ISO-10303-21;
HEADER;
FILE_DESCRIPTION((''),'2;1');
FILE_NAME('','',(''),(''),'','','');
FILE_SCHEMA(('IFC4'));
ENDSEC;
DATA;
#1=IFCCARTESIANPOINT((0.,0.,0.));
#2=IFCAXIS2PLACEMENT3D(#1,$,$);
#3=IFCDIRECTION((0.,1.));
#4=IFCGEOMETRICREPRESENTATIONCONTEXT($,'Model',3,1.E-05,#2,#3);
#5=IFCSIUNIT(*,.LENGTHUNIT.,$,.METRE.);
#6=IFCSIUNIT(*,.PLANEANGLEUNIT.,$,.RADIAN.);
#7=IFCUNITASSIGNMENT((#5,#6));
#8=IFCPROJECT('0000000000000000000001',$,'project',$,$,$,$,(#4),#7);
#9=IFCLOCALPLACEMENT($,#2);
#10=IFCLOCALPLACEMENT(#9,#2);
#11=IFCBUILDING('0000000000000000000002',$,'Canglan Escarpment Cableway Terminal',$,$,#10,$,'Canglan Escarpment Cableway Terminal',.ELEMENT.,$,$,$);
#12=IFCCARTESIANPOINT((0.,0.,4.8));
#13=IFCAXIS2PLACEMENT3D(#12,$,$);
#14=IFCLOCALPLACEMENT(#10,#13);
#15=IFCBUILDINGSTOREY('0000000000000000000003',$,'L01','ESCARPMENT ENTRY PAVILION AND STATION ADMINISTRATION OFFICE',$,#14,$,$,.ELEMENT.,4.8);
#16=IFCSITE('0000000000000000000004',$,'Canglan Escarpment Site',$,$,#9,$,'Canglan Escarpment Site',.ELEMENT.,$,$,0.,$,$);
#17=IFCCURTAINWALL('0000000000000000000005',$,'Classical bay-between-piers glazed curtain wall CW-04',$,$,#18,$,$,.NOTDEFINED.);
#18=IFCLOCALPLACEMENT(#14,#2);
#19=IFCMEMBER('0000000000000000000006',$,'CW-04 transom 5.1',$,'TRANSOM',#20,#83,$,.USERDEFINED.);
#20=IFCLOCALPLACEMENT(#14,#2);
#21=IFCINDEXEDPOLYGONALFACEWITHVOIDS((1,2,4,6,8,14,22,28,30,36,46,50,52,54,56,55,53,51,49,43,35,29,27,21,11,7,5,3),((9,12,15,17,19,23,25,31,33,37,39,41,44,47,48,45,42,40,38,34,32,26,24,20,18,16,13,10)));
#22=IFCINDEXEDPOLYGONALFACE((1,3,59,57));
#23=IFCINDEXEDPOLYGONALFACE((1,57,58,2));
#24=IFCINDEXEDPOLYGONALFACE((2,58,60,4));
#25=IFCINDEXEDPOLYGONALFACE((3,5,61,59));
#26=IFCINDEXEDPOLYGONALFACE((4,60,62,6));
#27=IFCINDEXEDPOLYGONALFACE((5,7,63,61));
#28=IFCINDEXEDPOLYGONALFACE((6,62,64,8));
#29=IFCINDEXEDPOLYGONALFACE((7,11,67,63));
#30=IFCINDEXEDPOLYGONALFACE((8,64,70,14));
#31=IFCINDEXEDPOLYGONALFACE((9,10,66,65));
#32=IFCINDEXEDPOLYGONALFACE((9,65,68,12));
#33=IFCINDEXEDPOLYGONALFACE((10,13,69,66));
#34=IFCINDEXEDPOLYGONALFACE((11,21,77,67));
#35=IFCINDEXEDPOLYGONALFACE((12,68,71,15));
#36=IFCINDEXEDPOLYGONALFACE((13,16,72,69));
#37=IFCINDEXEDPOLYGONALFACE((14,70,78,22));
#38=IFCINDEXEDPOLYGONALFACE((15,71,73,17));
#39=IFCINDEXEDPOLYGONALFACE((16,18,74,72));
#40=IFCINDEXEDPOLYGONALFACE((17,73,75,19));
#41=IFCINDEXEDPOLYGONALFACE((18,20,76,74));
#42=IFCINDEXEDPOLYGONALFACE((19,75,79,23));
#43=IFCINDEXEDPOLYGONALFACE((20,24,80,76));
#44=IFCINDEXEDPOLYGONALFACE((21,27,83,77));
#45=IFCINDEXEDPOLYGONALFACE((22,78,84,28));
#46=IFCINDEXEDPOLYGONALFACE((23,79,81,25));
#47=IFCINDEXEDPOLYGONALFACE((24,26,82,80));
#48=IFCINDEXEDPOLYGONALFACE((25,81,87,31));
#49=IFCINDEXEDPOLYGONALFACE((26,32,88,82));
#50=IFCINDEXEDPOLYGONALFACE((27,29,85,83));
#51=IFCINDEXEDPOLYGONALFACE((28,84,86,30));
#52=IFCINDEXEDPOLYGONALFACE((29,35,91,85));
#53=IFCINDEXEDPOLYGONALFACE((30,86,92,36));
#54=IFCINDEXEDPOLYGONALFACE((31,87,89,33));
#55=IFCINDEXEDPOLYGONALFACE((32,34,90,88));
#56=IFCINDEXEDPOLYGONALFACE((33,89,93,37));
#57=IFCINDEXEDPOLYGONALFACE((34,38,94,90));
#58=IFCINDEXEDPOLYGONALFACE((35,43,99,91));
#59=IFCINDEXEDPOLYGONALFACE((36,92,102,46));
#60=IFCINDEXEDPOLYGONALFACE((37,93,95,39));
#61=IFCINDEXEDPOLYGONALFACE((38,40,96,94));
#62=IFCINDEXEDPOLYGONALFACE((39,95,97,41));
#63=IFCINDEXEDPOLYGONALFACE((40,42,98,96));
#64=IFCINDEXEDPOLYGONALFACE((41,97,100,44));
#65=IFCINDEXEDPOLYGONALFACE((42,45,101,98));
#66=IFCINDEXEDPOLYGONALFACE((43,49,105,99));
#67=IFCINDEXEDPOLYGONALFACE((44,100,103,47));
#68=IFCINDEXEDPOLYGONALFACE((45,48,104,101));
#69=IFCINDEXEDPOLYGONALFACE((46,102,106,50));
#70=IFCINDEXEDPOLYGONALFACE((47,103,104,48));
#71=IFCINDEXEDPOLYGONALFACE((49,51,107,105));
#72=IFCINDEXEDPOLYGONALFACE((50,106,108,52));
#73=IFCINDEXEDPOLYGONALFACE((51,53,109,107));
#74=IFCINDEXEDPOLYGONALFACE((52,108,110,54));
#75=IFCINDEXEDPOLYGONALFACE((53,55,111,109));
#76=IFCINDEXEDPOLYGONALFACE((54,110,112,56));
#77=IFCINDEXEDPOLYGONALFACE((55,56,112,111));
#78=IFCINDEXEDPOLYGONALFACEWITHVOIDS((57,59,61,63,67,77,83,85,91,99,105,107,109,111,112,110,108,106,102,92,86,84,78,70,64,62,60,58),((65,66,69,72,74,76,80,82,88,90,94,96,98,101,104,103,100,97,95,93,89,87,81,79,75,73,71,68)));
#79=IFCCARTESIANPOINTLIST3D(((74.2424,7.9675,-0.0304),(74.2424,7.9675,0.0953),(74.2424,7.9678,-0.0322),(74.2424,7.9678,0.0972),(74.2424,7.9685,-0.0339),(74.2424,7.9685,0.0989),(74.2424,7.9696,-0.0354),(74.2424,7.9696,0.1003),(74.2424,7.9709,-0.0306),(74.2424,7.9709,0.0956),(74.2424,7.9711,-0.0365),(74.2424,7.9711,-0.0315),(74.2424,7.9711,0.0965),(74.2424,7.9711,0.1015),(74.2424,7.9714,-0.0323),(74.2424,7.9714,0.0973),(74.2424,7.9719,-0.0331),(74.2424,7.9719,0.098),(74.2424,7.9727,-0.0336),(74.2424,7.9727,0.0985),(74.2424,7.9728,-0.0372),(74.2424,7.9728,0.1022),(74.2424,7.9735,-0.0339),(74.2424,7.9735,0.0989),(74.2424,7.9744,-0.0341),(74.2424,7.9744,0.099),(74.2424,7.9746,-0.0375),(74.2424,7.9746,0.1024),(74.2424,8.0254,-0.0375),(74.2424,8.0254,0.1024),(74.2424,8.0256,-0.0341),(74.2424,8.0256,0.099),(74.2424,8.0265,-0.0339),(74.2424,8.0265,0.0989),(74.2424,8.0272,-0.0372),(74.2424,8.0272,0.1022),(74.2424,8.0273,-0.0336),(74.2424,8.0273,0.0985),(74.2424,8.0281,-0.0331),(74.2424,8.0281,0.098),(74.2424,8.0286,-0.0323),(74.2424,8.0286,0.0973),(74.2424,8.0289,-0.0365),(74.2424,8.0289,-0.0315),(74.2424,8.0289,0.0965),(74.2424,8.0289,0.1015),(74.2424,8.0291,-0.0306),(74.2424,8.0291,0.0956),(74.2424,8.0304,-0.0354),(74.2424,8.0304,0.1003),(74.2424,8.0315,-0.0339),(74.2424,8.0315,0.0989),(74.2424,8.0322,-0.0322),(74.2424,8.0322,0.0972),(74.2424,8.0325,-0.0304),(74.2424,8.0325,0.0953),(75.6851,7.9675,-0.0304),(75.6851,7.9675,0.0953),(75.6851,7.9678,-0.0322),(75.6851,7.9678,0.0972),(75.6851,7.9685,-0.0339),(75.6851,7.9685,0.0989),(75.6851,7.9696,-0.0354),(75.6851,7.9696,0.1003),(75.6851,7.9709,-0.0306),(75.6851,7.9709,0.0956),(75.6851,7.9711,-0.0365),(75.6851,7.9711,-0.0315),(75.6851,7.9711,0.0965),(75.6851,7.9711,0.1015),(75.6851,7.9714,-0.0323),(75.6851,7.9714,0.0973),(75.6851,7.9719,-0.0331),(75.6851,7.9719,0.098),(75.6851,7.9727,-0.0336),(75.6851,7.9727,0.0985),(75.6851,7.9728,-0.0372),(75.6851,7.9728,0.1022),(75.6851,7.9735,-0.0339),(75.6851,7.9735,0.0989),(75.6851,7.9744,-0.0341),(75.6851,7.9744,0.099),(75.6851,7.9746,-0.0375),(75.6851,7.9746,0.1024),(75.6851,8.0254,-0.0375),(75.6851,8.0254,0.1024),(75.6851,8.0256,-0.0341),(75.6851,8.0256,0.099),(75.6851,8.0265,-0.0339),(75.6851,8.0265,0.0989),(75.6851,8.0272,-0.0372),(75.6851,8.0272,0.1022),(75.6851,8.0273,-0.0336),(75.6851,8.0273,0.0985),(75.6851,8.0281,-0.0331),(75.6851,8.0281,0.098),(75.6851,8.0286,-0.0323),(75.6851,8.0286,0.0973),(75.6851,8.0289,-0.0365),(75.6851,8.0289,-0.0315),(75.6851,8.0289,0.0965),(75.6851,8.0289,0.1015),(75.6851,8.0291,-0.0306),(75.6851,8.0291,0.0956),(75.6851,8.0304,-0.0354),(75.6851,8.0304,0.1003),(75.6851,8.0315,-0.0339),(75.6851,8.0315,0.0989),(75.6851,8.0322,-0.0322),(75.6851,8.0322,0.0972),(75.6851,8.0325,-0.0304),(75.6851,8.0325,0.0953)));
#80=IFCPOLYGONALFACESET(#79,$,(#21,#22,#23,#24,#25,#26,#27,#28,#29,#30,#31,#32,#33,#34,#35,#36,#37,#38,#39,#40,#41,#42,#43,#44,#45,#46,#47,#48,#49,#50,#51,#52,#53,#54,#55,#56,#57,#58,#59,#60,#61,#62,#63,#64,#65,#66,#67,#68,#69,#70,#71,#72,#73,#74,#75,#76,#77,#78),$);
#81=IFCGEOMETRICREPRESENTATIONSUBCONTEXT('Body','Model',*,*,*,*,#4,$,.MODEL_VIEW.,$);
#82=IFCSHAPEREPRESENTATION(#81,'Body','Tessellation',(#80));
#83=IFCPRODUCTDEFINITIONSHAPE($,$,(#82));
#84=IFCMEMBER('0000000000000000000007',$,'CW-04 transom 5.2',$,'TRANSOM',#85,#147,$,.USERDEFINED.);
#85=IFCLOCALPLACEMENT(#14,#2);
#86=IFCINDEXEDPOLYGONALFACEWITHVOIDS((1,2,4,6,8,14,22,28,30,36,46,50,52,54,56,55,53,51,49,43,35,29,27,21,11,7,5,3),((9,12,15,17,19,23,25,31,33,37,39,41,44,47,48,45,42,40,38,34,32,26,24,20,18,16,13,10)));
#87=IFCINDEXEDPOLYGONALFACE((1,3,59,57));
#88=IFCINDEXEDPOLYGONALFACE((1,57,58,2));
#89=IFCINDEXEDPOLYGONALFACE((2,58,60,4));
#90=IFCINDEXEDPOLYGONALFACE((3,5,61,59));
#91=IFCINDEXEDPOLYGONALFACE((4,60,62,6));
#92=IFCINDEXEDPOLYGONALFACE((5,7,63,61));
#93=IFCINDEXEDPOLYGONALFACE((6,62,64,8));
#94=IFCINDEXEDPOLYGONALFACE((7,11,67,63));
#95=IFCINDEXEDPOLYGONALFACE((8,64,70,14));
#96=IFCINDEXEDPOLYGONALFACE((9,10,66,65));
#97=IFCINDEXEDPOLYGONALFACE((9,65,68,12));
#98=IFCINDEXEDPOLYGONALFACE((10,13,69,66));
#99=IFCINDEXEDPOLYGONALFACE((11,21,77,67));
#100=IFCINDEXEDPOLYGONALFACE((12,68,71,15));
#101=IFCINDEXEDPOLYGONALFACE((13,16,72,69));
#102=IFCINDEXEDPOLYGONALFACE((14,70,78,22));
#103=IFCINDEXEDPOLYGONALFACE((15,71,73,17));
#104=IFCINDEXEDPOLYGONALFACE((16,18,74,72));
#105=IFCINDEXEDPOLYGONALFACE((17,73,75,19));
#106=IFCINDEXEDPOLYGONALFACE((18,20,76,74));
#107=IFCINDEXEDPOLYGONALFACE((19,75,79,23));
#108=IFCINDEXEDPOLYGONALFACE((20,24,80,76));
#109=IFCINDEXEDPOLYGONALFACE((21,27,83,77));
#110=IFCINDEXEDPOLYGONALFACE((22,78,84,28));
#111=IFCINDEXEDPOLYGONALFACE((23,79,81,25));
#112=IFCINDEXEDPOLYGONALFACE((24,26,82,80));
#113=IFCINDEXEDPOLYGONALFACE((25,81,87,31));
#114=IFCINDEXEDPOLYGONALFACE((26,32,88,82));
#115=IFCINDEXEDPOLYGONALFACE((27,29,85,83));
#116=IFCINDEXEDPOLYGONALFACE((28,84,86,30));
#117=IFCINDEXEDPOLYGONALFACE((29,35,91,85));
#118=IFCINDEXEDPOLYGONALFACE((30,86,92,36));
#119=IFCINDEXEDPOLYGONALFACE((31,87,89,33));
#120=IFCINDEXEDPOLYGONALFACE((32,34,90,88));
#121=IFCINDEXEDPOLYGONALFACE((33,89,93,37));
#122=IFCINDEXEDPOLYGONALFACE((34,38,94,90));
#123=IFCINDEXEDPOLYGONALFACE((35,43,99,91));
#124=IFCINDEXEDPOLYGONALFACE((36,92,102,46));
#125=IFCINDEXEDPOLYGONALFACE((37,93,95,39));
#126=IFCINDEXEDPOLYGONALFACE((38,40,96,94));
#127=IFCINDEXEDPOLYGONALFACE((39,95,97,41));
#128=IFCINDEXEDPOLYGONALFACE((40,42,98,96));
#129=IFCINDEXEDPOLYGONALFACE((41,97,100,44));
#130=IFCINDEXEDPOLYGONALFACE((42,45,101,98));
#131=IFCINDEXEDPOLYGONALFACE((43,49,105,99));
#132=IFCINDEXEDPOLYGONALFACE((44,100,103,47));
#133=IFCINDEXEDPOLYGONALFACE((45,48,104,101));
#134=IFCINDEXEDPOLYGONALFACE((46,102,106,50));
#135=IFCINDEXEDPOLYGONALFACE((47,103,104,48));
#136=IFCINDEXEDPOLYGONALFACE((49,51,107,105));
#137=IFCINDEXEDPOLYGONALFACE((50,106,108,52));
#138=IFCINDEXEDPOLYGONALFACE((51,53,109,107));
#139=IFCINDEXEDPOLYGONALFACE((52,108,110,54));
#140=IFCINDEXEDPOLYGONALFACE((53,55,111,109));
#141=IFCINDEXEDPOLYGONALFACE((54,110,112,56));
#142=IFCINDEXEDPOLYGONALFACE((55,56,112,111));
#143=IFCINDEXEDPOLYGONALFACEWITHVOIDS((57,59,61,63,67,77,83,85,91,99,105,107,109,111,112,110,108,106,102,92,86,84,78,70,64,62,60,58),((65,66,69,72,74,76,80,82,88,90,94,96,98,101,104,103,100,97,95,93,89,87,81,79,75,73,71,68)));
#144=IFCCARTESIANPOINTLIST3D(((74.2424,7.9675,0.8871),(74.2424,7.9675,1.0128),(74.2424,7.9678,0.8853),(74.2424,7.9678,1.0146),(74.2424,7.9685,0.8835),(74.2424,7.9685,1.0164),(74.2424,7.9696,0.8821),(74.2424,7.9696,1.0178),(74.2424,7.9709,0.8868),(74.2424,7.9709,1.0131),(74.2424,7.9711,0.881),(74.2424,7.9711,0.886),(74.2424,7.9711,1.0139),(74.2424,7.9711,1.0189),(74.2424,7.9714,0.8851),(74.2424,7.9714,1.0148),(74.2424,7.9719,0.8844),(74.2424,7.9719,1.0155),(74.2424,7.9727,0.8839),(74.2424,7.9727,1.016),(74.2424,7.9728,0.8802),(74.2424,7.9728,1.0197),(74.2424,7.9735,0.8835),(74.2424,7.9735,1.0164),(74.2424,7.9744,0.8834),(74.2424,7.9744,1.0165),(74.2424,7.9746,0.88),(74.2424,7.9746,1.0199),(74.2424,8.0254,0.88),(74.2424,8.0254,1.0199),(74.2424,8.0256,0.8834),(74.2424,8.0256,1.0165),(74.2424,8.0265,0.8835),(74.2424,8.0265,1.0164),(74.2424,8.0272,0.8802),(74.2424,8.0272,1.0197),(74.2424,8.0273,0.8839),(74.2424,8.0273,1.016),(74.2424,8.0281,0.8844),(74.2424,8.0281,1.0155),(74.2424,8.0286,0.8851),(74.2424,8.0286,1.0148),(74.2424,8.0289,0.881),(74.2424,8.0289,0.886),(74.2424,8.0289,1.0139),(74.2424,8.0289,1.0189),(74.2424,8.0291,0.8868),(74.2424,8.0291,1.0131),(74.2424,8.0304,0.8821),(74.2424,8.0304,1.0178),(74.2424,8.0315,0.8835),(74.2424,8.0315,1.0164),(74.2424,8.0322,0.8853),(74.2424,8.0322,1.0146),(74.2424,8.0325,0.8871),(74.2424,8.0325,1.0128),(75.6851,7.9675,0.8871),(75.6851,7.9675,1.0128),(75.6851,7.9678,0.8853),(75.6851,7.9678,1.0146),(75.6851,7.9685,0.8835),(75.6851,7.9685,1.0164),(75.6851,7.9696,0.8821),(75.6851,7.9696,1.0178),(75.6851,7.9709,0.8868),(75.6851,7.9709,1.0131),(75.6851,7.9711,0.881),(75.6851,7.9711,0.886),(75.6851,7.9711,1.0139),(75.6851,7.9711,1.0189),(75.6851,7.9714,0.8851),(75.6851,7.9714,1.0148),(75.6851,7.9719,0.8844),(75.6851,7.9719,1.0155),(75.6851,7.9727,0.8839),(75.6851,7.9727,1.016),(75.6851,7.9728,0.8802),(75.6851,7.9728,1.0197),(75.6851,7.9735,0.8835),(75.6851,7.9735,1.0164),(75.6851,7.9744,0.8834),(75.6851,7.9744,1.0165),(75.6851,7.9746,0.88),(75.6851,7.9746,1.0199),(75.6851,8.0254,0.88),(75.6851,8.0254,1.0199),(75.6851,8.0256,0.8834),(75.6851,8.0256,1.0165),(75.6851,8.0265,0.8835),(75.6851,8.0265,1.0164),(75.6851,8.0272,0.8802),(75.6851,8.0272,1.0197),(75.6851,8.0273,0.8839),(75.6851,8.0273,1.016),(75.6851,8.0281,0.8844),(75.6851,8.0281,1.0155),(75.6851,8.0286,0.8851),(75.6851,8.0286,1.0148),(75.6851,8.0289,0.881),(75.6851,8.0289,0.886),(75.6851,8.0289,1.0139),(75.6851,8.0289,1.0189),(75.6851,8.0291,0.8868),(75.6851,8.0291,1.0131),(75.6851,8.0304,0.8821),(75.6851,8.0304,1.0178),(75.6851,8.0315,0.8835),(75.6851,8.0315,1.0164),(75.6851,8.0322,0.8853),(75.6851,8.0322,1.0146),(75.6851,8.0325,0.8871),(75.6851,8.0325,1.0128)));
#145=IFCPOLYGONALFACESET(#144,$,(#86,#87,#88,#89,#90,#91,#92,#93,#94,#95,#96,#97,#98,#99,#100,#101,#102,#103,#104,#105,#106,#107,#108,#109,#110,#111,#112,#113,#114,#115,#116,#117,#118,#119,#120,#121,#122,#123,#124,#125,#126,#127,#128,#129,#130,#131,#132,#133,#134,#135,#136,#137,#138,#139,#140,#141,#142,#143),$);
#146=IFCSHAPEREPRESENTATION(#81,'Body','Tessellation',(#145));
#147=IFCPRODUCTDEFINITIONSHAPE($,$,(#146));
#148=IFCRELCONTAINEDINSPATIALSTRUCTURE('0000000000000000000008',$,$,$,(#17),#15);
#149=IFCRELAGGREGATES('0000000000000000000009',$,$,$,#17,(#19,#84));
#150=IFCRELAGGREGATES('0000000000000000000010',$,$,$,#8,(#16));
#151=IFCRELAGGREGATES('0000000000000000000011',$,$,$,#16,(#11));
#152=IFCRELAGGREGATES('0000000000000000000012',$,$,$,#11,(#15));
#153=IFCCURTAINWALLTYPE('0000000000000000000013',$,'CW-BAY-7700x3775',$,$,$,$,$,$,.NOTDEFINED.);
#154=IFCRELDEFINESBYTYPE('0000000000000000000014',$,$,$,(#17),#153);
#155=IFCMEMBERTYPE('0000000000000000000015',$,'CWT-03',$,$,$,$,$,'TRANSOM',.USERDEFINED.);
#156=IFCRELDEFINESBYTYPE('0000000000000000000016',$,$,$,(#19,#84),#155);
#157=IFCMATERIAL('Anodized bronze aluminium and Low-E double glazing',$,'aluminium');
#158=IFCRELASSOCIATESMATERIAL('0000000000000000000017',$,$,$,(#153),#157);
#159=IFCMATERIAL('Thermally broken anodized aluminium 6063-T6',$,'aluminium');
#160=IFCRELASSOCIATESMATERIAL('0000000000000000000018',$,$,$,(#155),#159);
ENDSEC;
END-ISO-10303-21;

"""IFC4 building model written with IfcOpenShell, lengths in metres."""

from ifc_helpers import new_model, si_unit, direction, frame, origin, origin_2d, place, context, subcontext, project, spatial, hollow_rectangle, extrude, material, material_profile, profile_set, type_object, element, aggregate, save


model = new_model("IFC4")

# Units and contexts
model_context = context("Model", 3, precision=1e-05, world=origin(), true_north=direction((0.0, 1.0)))
body_context = subcontext(model_context, "Body", "Model", "MODEL_VIEW")
ifc_project = project(units=[si_unit("LENGTHUNIT", "METRE"), si_unit("PLANEANGLEUNIT", "RADIAN")], contexts=[model_context])

# Site, building, storey
site_placement = place(None, origin())
site = spatial("IfcSite", under=ifc_project, at=site_placement, Name="Canglan Escarpment Site", LongName="Canglan Escarpment Site", CompositionType="ELEMENT", RefElevation=0.0)
building_placement = place(site_placement, origin())
building = spatial("IfcBuilding", under=site, at=building_placement, Name="Canglan Escarpment Cableway Terminal", LongName="Canglan Escarpment Cableway Terminal", CompositionType="ELEMENT")
storey_placement = place(building_placement, frame((0.0, 0.0, 4.8)))
storey = spatial("IfcBuildingStorey", under=building, at=storey_placement, Name="L01", Description="ESCARPMENT ENTRY PAVILION AND STATION ADMINISTRATION OFFICE", CompositionType="ELEMENT", Elevation=4.8)

# Curtain wall, members
ifc_material_1 = material(Name="Anodized bronze aluminium and Low-E double glazing", Category="aluminium")
curtain_wall_type = type_object("IfcCurtainWallType", Name="CW-BAY-7700x3775", PredefinedType="NOTDEFINED", material=ifc_material_1)
curtain_wall_placement = place(storey_placement, origin())
curtain_wall = element("IfcCurtainWall", 1, at=curtain_wall_placement, inside=storey, type_object=curtain_wall_type, Name="Classical bay-between-piers glazed curtain wall CW-04", PredefinedType="NOTDEFINED")
ifc_material_2 = material(Name="Thermally broken anodized aluminium 6063-T6", Category="aluminium")
ifc_material_profile_1 = material_profile(ifc_material_2, hollow_rectangle(XDim=0.0649, YDim=0.1399, WallThickness=0.0034, InnerFilletRadius=0.0034, OuterFilletRadius=0.0071, at=origin_2d()), Name="ALU-TRAN 65x140x3.5")
ifc_profile_set_1 = profile_set([ifc_material_profile_1], Name="Thermally broken anodized aluminium 6063-T6")
member_type_1 = type_object("IfcMemberType", Name="CWT-03", ElementType="TRANSOM", PredefinedType="USERDEFINED", material=ifc_profile_set_1)
member_1_placement = place(storey_placement, frame((74.2424, 8.0, 0.0325), z_axis=(1.0, 0.0, 0.0), x_axis=(0.0, 1.0, 0.0)))
member_1 = element("IfcMember", 2, at=member_1_placement, type_object=member_type_1, Name="CW-04 transom 5.1", ObjectType="TRANSOM", PredefinedType="USERDEFINED", context=body_context, shape_type="SweptSolid", body=[
    extrude(hollow_rectangle(XDim=0.0649, YDim=0.1399, WallThickness=0.0034, InnerFilletRadius=0.0034, OuterFilletRadius=0.0071, at=origin_2d()), origin(), (0.0, 0.0, 1.0), 1.4426),
])
member_2_placement = place(storey_placement, frame((74.2424, 8.0, 0.95), z_axis=(1.0, 0.0, 0.0), x_axis=(0.0, 1.0, 0.0)))
member_2 = element("IfcMember", 3, at=member_2_placement, type_object=member_type_1, Name="CW-04 transom 5.2", ObjectType="TRANSOM", PredefinedType="USERDEFINED", context=body_context, shape_type="SweptSolid", body=[
    extrude(hollow_rectangle(XDim=0.0649, YDim=0.1399, WallThickness=0.0034, InnerFilletRadius=0.0034, OuterFilletRadius=0.0071, at=origin_2d()), origin(), (0.0, 0.0, 1.0), 1.4426),
])

aggregate(curtain_wall, [member_1, member_2])

save(model, "model.ifc")
